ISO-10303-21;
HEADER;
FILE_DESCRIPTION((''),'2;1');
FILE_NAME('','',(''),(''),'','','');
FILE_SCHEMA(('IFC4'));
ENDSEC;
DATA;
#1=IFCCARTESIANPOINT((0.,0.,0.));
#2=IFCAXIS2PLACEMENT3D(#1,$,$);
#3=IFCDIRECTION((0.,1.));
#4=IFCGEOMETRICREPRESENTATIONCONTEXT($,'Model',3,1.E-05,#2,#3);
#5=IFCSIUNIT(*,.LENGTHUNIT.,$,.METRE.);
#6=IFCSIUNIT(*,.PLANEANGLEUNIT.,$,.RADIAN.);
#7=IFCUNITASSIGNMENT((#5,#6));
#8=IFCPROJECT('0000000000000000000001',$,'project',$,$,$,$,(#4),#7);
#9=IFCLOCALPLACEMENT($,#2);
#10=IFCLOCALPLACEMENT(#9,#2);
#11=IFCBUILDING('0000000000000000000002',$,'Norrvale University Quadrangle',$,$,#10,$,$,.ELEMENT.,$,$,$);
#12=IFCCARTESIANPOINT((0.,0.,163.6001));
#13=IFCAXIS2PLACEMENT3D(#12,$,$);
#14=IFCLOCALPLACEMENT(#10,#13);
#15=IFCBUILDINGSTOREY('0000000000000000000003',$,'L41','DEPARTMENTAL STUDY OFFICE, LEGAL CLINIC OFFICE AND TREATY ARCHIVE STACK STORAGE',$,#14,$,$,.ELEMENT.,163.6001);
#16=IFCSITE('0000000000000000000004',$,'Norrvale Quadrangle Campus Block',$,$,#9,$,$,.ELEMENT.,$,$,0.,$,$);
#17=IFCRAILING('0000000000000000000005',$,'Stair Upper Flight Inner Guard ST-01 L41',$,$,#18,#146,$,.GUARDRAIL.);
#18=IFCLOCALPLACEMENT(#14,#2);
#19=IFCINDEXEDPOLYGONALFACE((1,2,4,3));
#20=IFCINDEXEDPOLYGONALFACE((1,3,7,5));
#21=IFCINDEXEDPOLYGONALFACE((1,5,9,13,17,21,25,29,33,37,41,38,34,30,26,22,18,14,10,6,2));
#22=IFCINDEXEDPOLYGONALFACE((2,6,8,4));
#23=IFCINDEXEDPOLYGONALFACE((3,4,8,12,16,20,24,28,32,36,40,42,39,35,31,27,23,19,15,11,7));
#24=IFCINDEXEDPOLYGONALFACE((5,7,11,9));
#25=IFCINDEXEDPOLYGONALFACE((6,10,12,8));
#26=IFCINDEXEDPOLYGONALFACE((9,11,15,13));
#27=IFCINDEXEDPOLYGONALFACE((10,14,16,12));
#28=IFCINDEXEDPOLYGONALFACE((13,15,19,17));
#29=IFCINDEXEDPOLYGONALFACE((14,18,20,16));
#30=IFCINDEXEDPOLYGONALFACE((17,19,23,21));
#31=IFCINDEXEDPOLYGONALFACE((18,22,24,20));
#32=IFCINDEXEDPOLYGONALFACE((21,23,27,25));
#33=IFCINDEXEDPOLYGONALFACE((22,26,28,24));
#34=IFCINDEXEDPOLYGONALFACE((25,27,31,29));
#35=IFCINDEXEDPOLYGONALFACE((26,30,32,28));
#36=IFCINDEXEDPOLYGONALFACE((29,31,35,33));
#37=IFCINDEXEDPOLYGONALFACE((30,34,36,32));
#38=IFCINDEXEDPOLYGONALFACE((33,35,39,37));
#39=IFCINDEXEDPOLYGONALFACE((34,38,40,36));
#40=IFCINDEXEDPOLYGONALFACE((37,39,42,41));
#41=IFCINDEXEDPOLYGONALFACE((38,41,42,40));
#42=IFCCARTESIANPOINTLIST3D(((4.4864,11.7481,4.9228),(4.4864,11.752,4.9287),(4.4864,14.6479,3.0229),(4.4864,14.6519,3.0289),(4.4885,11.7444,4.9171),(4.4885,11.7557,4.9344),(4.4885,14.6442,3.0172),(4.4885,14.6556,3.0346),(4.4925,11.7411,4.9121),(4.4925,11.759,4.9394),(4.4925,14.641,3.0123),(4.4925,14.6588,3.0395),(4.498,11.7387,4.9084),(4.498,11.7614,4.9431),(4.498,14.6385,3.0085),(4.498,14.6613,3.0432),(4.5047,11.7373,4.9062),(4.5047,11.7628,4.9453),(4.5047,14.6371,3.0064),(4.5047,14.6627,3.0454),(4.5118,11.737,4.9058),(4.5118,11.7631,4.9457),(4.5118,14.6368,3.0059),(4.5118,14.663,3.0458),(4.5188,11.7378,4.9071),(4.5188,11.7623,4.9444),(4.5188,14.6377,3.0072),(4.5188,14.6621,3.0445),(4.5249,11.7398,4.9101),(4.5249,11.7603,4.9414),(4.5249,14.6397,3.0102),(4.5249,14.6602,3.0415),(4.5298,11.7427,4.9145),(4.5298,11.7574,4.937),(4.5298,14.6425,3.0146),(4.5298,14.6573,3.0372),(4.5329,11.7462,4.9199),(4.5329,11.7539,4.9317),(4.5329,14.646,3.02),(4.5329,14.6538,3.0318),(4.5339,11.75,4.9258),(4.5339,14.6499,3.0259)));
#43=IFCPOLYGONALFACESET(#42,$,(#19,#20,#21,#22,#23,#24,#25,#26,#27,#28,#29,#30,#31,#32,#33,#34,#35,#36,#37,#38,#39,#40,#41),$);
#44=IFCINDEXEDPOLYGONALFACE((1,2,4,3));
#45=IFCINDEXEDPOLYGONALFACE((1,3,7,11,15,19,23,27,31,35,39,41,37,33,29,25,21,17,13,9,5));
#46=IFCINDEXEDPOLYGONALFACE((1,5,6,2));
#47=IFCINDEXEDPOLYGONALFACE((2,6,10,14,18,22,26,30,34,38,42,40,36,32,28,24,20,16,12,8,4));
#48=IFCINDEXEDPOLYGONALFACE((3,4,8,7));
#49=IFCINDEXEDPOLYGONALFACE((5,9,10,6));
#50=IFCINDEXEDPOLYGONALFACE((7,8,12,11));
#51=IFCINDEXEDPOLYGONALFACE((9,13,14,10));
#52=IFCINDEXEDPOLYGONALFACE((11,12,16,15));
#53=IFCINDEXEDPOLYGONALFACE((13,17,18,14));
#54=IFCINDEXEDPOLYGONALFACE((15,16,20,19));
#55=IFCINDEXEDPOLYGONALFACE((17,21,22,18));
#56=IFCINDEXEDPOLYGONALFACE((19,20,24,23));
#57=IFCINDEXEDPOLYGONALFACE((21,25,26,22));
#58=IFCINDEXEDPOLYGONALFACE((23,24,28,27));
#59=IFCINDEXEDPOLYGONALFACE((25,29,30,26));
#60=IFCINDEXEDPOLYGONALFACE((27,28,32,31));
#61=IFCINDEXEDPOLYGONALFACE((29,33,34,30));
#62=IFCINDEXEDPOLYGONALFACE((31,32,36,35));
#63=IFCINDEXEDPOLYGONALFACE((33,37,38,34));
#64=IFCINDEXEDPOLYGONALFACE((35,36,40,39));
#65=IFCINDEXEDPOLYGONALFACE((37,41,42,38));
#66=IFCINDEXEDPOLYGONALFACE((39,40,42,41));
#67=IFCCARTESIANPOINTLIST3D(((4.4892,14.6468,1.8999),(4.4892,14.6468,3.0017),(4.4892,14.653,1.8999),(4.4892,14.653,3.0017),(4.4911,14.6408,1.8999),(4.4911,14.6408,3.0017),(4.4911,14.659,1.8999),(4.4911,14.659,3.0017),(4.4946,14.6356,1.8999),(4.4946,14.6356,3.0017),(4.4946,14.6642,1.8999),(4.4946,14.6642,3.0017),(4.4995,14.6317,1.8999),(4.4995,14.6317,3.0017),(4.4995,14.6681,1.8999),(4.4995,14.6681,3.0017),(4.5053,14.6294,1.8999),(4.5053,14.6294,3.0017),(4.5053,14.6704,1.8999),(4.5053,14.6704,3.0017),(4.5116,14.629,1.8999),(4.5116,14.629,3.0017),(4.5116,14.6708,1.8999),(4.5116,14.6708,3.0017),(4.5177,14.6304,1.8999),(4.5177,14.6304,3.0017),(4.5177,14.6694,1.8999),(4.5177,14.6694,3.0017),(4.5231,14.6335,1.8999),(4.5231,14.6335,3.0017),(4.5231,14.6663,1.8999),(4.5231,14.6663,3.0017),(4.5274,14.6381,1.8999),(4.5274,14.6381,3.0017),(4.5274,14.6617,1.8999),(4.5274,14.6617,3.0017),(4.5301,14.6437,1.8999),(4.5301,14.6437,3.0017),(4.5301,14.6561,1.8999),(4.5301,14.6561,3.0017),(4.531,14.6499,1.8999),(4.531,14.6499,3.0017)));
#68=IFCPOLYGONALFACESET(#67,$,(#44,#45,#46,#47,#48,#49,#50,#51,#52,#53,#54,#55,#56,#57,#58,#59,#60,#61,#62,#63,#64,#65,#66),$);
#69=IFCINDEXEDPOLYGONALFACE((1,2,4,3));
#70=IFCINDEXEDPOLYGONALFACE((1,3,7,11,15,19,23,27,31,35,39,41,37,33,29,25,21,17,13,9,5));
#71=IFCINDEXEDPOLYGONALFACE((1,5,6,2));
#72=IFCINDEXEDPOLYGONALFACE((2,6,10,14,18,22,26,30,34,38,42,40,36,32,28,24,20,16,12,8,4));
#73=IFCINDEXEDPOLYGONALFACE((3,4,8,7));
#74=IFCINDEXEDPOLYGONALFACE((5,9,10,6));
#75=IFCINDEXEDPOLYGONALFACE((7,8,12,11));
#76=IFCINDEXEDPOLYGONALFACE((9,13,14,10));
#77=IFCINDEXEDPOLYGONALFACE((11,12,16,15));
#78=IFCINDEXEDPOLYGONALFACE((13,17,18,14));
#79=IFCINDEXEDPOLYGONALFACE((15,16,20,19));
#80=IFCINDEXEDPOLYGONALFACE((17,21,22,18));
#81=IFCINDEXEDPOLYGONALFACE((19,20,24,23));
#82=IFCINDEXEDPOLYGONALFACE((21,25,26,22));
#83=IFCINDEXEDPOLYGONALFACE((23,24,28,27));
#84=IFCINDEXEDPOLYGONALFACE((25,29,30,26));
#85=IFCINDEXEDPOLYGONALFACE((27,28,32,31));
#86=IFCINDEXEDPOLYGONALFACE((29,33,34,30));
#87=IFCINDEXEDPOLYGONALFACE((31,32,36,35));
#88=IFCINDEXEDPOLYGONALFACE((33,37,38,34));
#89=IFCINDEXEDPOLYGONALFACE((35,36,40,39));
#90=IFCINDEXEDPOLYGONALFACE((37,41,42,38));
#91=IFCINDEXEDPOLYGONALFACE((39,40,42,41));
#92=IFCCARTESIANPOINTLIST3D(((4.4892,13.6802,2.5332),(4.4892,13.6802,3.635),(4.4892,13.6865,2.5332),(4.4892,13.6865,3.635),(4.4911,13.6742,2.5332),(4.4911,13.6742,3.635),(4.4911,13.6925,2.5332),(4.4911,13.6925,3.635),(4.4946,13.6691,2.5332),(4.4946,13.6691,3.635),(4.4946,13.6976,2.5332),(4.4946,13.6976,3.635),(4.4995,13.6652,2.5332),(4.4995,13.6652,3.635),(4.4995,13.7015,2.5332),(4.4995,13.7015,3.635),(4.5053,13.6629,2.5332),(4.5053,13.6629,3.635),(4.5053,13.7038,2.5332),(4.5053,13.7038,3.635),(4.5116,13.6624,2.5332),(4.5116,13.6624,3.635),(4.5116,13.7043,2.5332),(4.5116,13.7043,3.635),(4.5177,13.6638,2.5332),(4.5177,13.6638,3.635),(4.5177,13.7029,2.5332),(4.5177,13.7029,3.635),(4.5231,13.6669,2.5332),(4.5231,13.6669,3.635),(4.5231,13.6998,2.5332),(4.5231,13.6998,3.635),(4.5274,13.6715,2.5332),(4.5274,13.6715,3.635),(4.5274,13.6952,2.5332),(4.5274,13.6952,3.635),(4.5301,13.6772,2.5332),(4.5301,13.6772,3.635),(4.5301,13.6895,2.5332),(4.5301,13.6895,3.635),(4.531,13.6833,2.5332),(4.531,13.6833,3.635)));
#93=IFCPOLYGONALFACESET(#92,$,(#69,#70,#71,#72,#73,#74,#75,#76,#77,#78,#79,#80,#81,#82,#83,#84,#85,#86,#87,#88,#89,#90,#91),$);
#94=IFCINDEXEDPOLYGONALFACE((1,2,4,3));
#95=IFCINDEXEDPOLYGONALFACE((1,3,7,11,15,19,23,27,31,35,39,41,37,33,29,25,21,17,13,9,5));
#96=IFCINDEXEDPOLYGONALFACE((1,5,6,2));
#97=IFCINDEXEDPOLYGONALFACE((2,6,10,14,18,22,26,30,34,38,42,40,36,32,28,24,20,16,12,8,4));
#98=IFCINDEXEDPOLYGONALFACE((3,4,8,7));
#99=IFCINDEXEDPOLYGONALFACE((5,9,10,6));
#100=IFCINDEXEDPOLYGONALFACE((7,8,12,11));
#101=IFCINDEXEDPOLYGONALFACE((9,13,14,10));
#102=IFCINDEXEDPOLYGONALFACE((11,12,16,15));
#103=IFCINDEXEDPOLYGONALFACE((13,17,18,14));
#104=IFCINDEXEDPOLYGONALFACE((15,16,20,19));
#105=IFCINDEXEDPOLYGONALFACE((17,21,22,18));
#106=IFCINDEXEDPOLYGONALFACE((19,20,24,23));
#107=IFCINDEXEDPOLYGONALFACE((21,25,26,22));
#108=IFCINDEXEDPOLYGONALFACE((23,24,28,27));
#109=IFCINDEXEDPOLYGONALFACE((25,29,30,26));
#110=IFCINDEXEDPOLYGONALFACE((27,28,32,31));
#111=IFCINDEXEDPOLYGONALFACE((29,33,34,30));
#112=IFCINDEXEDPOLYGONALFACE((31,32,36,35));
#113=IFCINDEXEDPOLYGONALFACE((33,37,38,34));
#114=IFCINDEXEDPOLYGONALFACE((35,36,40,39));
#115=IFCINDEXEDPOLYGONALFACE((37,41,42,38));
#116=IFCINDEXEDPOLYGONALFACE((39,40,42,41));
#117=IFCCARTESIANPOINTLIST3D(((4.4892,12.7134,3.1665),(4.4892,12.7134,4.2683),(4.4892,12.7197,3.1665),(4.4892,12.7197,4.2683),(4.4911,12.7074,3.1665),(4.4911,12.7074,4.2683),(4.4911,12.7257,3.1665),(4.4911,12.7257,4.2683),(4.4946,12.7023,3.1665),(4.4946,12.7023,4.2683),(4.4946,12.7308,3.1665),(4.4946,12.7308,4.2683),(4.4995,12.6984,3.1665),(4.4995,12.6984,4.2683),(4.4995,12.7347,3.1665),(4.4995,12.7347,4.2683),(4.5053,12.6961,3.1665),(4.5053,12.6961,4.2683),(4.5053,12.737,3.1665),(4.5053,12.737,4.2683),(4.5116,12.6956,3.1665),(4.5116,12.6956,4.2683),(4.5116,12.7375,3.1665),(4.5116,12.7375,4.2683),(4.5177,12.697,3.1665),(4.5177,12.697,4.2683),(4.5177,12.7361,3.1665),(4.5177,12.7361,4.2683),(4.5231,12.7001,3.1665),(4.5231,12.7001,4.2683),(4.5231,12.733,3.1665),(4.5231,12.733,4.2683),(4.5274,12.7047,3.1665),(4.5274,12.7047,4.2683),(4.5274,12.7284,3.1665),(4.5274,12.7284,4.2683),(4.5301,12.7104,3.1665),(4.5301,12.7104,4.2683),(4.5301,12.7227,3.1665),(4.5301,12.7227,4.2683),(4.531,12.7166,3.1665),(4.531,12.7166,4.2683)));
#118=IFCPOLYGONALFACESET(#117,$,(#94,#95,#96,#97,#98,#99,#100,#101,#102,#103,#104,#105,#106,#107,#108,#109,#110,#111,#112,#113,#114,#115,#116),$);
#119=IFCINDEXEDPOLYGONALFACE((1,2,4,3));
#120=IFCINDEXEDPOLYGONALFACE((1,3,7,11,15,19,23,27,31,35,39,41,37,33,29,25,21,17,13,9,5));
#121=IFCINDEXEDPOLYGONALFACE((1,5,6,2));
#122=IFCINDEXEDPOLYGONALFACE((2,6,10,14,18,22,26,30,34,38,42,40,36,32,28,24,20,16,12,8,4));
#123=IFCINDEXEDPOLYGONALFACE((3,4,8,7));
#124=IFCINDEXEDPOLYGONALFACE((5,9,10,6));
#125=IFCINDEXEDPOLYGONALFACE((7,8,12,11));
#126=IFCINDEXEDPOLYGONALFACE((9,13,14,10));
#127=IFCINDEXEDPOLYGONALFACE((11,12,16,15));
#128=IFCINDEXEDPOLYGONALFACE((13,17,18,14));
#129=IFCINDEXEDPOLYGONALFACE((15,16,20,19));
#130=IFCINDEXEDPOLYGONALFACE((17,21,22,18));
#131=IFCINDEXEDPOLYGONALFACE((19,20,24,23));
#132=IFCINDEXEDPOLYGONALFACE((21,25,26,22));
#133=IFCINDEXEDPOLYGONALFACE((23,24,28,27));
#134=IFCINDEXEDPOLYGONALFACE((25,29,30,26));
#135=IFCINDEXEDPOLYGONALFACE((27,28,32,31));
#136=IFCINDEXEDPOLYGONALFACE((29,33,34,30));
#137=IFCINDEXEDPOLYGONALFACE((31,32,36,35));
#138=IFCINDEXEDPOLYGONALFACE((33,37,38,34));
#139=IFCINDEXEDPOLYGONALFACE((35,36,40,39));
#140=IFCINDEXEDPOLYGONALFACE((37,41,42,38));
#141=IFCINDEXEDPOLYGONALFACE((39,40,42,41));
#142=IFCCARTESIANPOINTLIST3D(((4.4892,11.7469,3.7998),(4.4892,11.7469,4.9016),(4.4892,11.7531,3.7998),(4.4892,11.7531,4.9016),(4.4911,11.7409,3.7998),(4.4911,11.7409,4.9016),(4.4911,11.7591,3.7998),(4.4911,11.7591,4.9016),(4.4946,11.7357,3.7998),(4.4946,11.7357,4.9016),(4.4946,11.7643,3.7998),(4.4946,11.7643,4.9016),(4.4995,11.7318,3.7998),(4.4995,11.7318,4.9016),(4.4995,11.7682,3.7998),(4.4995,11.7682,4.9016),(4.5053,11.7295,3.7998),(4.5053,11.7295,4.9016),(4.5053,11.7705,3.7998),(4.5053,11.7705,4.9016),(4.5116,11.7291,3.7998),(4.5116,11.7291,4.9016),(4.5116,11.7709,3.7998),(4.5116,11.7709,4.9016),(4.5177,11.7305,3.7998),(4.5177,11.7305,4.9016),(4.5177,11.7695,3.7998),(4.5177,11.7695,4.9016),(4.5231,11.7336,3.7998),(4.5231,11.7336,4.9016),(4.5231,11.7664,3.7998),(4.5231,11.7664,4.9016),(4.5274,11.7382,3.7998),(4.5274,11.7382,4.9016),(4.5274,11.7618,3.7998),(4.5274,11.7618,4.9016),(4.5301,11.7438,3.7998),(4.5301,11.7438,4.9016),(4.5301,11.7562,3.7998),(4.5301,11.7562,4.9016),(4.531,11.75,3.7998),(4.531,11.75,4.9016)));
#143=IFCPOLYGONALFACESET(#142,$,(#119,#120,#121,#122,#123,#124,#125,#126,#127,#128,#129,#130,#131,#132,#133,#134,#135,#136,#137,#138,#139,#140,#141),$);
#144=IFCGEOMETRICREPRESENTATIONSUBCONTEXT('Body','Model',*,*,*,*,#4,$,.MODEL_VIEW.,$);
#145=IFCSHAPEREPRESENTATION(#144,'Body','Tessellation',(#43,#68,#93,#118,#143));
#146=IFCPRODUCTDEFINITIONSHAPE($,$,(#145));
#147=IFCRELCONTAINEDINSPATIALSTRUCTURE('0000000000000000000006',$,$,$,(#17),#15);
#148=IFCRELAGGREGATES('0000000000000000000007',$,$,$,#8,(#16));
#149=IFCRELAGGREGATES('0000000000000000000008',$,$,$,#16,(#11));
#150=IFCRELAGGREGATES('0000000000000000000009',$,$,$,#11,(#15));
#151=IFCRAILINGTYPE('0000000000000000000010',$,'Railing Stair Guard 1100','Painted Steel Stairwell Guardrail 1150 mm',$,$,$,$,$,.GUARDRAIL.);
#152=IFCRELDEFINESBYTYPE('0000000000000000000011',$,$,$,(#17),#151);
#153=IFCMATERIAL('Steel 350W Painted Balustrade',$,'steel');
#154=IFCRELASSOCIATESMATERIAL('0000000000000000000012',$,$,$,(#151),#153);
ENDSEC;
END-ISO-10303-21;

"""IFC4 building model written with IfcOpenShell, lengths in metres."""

from ifc_helpers import new_model, si_unit, direction, frame, origin, origin_2d, place, context, subcontext, project, spatial, circle, extrude, material, type_object, element, save


model = new_model("IFC4")

# Units and contexts
model_context = context("Model", 3, precision=1e-05, world=origin(), true_north=direction((0.0, 1.0)))
body_context = subcontext(model_context, "Body", "Model", "MODEL_VIEW")
ifc_project = project(units=[si_unit("LENGTHUNIT", "METRE"), si_unit("PLANEANGLEUNIT", "RADIAN")], contexts=[model_context])

# Site, building, storey
site_placement = place(None, origin())
site = spatial("IfcSite", under=ifc_project, at=site_placement, Name="Norrvale Quadrangle Campus Block", CompositionType="ELEMENT", RefElevation=0.0)
building_placement = place(site_placement, origin())
building = spatial("IfcBuilding", under=site, at=building_placement, Name="Norrvale University Quadrangle", CompositionType="ELEMENT")
storey_placement = place(building_placement, frame((0.0, 0.0, 163.6001)))
storey = spatial("IfcBuildingStorey", under=building, at=storey_placement, Name="L41", Description="DEPARTMENTAL STUDY OFFICE, LEGAL CLINIC OFFICE AND TREATY ARCHIVE STACK STORAGE", CompositionType="ELEMENT", Elevation=163.6001)

# Railing
ifc_material_1 = material(Name="Steel 350W Painted Balustrade", Category="steel")
railing_type_1 = type_object("IfcRailingType", Name="Railing Stair Guard 1100", Description="Painted Steel Stairwell Guardrail 1150 mm", PredefinedType="GUARDRAIL", material=ifc_material_1)
railing_1_placement = place(storey_placement, frame((4.51, 14.6499, 1.8999)))
element("IfcRailing", 1, at=railing_1_placement, inside=storey, type_object=railing_type_1, Name="Stair Upper Flight Inner Guard ST-01 L41", PredefinedType="GUARDRAIL", context=body_context, shape_type="SweptSolid", body=[
    extrude(circle(Radius=0.0239, at=origin_2d()), frame((0.0, 0.0, 1.126), z_axis=(0.0, -0.836466, 0.548019), x_axis=(1.0, 0.0, 0.0)), (0.0, 0.0, 1.0), 3.4668),
    extrude(circle(Radius=0.021, at=origin_2d()), origin(), (0.0, 0.0, 1.0), 1.1018),
    extrude(circle(Radius=0.021, at=origin_2d()), frame((0.0, -0.9666, 0.6333)), (0.0, 0.0, 1.0), 1.1018),
    extrude(circle(Radius=0.021, at=origin_2d()), frame((0.0, -1.9333, 1.2666)), (0.0, 0.0, 1.0), 1.1018),
    extrude(circle(Radius=0.021, at=origin_2d()), frame((0.0, -2.8999, 1.8999)), (0.0, 0.0, 1.0), 1.1018),
])

save(model, "model.ifc")
